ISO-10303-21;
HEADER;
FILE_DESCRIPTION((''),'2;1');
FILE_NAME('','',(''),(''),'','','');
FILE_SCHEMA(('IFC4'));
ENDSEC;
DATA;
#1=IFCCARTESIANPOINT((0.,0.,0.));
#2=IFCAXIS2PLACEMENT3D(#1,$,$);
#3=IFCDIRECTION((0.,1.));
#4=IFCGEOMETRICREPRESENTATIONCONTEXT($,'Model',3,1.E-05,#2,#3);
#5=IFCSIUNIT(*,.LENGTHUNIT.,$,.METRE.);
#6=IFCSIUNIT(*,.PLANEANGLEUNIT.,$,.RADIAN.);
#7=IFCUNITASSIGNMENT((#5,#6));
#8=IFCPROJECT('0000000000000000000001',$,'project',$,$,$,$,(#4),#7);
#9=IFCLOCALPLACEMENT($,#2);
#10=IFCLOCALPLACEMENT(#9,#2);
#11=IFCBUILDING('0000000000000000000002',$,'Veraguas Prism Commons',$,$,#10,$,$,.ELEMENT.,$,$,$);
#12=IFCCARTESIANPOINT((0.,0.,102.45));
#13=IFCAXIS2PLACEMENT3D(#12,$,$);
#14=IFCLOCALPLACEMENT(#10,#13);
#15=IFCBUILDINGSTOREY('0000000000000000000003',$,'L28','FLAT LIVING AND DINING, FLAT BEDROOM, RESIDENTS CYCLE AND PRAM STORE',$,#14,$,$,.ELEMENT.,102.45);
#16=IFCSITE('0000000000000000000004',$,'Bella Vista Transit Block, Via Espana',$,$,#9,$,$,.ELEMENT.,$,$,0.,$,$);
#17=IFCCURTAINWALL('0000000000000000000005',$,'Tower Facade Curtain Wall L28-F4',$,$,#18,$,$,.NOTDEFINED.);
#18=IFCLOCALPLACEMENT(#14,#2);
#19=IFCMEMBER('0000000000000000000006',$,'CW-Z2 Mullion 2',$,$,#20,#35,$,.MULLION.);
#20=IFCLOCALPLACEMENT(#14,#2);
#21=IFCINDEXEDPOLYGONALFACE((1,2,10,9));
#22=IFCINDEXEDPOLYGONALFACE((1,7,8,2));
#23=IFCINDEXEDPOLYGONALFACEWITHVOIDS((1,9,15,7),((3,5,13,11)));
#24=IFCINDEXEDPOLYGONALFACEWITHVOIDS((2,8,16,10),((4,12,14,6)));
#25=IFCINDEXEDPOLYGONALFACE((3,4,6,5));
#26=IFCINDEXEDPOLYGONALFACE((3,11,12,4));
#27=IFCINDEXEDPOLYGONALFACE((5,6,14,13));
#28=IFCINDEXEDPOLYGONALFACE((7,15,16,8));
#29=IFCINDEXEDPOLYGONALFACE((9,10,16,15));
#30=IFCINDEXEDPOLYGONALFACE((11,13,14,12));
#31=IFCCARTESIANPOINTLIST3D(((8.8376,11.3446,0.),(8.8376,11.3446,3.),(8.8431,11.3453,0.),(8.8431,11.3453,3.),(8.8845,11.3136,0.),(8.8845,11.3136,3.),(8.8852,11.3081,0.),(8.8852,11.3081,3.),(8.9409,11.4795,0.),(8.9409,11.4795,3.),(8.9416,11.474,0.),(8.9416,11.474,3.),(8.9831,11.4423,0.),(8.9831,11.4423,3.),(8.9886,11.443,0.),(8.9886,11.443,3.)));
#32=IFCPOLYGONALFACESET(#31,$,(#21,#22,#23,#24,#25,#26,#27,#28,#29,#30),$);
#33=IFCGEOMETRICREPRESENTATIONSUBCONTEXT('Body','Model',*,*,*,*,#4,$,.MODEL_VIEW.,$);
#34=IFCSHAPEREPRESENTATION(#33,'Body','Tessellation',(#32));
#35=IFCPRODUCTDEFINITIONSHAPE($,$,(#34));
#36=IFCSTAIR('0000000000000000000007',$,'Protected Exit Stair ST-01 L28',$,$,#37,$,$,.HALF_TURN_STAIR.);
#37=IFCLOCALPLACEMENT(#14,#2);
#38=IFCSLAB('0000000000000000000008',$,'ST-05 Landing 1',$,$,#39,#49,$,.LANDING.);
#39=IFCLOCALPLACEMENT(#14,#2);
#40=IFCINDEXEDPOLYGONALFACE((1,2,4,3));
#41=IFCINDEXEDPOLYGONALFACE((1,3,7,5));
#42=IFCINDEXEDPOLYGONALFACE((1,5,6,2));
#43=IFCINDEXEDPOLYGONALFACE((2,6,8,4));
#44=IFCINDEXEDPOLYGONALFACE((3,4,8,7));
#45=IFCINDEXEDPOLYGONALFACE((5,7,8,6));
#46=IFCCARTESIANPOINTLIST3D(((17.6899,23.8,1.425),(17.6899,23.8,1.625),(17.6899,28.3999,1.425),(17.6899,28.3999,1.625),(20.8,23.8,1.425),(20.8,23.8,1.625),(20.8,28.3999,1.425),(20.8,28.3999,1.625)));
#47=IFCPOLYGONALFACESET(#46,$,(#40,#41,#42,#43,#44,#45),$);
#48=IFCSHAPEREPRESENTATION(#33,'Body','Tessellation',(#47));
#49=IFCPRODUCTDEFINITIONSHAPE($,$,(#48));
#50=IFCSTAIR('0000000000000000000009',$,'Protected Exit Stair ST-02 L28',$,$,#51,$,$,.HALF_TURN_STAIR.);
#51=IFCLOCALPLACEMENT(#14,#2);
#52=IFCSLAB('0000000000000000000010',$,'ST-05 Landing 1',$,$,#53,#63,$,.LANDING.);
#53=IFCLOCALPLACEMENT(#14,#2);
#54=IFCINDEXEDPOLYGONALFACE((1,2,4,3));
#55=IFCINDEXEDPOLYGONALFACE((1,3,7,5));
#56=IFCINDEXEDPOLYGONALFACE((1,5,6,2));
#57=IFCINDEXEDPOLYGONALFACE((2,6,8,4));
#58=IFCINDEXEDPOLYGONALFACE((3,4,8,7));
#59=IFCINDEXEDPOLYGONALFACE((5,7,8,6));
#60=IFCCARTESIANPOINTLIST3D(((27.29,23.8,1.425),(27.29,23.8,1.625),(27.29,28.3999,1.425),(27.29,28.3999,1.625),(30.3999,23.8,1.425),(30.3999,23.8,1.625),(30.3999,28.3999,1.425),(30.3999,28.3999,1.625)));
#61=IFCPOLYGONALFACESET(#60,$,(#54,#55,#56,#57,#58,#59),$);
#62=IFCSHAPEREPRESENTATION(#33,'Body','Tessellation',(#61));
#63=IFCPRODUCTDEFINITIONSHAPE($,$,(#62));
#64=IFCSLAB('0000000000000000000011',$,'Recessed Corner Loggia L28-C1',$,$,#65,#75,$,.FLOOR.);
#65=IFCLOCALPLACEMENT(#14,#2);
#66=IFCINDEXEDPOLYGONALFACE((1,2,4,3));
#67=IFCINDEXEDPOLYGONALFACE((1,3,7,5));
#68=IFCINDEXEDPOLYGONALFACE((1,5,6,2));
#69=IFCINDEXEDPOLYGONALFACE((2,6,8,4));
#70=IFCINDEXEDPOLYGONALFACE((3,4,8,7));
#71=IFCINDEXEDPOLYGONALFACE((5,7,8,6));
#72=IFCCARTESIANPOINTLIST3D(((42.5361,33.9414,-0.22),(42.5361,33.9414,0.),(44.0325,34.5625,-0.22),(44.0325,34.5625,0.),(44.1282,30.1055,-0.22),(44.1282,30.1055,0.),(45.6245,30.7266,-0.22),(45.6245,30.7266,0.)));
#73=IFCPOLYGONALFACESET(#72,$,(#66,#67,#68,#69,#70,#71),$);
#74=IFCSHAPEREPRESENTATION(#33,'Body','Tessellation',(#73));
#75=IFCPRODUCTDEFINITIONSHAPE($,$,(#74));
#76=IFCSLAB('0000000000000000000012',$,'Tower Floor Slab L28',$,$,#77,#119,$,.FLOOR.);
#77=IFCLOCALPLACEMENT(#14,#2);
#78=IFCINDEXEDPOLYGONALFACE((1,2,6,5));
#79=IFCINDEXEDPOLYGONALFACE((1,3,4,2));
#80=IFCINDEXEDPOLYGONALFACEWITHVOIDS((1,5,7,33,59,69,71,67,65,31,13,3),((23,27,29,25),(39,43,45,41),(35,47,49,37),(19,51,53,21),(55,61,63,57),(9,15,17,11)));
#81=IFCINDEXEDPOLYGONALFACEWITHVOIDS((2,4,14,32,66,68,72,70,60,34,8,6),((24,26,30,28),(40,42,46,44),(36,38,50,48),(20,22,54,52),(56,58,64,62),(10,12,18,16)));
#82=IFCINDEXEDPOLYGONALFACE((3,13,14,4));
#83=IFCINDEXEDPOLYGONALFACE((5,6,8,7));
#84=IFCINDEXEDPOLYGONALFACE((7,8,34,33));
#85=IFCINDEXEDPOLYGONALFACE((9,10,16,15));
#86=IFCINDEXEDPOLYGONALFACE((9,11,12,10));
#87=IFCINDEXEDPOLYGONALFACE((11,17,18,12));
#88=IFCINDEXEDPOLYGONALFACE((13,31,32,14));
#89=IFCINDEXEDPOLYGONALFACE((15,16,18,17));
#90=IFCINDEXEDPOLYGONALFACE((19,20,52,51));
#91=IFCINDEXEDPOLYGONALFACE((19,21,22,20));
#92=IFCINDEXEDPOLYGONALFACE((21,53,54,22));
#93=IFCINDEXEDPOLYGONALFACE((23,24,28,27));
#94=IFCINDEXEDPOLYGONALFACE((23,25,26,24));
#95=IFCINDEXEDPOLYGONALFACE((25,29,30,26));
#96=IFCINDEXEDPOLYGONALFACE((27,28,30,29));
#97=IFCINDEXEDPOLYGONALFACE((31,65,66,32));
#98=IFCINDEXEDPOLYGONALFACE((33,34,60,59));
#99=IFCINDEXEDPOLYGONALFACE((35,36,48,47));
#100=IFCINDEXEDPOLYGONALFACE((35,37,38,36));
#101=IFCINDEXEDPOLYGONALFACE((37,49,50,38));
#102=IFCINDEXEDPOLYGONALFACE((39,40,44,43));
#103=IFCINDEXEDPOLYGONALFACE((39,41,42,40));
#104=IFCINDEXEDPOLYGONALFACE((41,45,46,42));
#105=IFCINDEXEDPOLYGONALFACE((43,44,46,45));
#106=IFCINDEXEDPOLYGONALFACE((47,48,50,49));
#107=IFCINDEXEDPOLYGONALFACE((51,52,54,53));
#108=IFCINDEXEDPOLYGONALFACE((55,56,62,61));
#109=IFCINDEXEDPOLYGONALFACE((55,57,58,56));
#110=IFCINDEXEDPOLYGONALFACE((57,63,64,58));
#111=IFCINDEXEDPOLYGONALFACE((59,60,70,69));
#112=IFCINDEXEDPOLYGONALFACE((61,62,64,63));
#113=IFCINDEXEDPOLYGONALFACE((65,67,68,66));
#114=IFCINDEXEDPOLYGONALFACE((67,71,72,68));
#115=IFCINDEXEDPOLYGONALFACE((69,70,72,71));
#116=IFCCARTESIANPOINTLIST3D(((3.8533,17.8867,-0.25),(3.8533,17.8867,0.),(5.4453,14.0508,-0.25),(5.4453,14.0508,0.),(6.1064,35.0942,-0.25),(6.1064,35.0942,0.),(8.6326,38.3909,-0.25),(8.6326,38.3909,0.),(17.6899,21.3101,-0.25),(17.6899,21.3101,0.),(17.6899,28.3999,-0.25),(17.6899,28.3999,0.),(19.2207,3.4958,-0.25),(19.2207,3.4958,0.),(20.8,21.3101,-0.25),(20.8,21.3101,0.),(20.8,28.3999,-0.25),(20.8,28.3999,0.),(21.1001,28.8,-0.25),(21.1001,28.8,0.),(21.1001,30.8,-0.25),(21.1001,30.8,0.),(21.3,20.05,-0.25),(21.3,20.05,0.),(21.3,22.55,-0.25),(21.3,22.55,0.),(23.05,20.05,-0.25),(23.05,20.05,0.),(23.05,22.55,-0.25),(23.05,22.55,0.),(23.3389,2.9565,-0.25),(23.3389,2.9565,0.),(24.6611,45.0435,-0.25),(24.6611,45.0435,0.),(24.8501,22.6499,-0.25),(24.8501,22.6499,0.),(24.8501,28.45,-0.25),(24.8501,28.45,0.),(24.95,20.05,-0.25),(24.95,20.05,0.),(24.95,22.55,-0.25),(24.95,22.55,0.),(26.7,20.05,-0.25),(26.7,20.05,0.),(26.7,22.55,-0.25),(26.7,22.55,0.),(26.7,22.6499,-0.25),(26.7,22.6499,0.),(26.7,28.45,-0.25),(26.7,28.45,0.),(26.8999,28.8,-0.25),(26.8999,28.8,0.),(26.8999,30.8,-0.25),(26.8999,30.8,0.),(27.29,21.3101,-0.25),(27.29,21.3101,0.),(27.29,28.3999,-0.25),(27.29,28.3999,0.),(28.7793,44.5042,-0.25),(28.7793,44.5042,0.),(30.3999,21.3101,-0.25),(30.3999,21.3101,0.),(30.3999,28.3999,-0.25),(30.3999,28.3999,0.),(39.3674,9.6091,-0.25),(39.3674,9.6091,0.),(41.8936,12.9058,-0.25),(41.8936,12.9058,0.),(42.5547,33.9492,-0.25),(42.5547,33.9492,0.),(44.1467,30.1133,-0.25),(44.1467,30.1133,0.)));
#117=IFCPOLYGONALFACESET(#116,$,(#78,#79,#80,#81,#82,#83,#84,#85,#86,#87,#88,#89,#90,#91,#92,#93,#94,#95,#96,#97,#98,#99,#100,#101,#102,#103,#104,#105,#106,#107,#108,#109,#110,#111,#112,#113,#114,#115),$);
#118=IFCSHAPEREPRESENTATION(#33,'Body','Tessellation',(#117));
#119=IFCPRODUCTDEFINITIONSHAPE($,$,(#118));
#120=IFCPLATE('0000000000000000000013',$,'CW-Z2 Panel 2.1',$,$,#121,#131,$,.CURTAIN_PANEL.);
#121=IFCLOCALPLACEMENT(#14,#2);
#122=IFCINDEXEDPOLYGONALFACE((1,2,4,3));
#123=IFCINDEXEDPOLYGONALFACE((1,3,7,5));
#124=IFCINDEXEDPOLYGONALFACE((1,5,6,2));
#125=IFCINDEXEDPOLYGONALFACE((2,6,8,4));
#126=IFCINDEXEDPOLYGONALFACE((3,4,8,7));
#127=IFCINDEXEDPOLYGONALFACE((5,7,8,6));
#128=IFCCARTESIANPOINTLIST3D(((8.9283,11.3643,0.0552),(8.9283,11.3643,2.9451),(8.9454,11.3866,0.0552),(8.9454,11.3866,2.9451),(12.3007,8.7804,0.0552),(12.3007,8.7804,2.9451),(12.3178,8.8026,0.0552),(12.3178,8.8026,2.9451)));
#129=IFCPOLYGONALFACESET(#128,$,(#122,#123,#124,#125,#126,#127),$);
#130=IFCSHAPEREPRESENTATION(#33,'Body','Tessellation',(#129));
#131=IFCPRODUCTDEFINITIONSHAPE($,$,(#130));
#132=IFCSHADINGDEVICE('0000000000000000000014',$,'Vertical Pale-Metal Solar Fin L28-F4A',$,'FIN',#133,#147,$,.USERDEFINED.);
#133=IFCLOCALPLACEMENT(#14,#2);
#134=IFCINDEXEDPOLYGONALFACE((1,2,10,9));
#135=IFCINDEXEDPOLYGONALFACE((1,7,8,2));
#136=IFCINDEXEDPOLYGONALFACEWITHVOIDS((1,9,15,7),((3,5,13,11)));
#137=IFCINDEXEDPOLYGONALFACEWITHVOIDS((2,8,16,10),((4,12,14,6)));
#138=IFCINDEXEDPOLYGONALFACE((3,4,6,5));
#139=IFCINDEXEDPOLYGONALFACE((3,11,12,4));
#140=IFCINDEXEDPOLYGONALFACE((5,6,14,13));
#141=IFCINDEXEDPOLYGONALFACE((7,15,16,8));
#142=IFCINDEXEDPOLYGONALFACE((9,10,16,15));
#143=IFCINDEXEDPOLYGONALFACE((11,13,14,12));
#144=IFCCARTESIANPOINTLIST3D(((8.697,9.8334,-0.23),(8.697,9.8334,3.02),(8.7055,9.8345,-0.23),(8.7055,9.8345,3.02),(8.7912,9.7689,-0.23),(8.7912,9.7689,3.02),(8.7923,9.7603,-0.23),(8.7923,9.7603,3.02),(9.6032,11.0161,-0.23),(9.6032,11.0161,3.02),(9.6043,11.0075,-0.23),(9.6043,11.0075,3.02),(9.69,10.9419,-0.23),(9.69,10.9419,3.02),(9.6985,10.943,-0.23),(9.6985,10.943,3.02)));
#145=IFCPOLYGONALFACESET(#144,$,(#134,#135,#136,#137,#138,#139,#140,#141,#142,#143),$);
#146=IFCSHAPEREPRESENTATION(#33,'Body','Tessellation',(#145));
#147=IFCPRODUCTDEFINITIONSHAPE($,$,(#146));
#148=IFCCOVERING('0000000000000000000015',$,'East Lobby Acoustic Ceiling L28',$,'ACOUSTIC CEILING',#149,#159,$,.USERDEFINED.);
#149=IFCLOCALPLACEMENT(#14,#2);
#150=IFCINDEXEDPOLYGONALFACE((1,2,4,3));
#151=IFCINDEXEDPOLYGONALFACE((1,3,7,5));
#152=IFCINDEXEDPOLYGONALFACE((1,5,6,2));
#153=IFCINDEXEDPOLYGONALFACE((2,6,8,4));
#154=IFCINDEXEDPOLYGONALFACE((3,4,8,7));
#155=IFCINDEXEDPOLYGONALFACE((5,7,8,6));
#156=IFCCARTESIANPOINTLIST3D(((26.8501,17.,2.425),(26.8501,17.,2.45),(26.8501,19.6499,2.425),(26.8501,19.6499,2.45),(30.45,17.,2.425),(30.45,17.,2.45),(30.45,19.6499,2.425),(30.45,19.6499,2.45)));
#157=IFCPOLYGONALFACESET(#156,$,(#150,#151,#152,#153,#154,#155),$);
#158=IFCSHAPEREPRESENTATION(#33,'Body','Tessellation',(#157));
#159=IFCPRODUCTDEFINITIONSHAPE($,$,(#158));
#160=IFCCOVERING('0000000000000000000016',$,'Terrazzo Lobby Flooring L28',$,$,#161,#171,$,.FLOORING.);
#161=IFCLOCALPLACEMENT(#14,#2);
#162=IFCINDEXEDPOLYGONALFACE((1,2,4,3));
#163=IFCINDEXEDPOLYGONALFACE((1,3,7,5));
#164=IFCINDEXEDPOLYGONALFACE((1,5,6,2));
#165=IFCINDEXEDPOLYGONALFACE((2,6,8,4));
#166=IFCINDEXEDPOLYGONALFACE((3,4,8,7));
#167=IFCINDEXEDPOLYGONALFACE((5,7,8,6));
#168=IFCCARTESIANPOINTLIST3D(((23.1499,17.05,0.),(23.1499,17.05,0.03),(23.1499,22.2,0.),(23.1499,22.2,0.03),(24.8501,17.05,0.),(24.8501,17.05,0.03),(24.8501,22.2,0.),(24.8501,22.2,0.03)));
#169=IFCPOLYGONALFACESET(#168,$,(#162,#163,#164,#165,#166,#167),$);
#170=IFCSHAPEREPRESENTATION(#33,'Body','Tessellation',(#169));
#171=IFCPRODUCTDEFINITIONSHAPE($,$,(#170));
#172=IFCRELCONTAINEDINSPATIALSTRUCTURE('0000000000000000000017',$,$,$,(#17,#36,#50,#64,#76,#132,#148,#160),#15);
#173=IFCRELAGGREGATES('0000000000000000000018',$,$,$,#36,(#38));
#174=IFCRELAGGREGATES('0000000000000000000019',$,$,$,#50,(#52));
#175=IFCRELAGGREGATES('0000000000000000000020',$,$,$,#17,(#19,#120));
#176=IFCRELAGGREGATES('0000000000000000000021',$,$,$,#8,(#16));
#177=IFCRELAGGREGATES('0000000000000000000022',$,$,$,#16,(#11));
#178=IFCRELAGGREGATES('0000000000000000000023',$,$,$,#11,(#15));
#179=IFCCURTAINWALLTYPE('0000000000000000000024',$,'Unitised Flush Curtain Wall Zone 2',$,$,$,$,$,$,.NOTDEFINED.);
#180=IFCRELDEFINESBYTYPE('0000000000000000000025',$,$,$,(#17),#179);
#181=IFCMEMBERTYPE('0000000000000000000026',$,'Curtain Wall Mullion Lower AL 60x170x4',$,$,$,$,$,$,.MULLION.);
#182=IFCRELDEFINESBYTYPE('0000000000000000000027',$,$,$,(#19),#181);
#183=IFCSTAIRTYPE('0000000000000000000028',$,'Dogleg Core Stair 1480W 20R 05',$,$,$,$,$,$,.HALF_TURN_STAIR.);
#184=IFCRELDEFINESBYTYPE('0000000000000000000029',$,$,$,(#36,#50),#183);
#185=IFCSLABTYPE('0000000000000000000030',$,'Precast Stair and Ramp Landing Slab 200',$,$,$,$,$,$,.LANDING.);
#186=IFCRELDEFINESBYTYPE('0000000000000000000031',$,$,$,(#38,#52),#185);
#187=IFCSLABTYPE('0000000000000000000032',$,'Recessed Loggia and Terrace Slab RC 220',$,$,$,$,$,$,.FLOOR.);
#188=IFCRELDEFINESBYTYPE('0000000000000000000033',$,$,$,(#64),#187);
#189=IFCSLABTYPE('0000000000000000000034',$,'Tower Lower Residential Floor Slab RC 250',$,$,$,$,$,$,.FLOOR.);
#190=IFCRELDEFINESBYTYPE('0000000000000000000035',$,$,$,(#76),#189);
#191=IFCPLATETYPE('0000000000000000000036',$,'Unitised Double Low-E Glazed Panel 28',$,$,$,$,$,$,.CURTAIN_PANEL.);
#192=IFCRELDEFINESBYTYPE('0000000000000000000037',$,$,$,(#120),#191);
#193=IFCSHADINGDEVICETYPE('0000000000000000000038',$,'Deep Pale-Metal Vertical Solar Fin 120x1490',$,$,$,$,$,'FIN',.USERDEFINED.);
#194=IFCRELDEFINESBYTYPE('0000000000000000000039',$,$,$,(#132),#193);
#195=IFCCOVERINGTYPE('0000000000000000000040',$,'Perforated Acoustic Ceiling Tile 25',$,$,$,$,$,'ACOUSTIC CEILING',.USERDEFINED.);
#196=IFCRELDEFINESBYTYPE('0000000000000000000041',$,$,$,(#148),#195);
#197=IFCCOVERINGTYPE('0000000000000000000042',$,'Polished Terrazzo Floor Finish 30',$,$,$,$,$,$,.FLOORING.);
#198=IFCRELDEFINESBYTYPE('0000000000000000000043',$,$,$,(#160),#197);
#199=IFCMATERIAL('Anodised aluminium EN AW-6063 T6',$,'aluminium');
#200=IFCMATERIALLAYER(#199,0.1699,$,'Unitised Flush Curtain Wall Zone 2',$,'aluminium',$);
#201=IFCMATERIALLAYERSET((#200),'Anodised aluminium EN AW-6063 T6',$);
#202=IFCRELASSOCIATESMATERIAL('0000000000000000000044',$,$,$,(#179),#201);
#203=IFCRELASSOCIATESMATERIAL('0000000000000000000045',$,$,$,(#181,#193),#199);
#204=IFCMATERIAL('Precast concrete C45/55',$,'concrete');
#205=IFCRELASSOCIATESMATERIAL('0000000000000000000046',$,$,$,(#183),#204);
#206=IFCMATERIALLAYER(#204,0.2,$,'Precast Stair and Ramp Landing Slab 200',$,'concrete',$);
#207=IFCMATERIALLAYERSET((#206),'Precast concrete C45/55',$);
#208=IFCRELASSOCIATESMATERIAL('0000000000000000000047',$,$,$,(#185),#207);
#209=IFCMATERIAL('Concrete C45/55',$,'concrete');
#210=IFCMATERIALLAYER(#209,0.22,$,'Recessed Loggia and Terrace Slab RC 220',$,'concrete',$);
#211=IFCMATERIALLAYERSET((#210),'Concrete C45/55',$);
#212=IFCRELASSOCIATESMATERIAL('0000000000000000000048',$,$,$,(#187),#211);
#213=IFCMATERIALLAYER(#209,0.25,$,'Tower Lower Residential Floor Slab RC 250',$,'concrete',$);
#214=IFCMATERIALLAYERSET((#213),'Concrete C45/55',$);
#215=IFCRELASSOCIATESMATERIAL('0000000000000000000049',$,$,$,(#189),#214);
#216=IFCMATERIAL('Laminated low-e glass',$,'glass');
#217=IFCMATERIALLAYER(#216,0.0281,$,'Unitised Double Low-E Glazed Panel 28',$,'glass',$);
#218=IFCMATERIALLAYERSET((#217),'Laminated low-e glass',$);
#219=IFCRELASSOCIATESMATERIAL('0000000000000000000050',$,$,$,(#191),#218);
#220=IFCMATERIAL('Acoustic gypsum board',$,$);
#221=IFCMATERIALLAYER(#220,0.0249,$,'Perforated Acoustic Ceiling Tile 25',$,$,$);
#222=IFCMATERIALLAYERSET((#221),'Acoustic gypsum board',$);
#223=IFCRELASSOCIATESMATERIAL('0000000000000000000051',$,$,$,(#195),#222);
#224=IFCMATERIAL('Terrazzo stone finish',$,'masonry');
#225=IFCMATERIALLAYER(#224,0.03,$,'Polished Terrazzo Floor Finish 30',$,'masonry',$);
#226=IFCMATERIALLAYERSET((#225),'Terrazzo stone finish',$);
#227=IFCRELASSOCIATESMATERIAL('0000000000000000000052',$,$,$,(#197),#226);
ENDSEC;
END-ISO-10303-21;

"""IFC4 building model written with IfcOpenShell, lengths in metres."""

from ifc_helpers import new_model, si_unit, direction, frame, origin, origin_2d, place, context, subcontext, project, spatial, polyline, rectangle, hollow_rectangle, outline, extrude, source, transform, mapped, material, layer, layer_set, material_profile, profile_set, type_object, element, aggregate, save


model = new_model("IFC4")

# Units and contexts
model_context = context("Model", 3, precision=1e-05, world=origin(), true_north=direction((0.0, 1.0)))
body_context = subcontext(model_context, "Body", "Model", "MODEL_VIEW")
ifc_project = project(units=[si_unit("LENGTHUNIT", "METRE"), si_unit("PLANEANGLEUNIT", "RADIAN")], contexts=[model_context])

# Site, building, storey
site_placement = place(None, origin())
site = spatial("IfcSite", under=ifc_project, at=site_placement, Name="Bella Vista Transit Block, Via Espana", CompositionType="ELEMENT", RefElevation=0.0)
building_placement = place(site_placement, origin())
building = spatial("IfcBuilding", under=site, at=building_placement, Name="Veraguas Prism Commons", CompositionType="ELEMENT")
storey_placement = place(building_placement, frame((0.0, 0.0, 102.45)))
storey = spatial("IfcBuildingStorey", under=building, at=storey_placement, Name="L28", Description="FLAT LIVING AND DINING, FLAT BEDROOM, RESIDENTS CYCLE AND PRAM STORE", CompositionType="ELEMENT", Elevation=102.45)

# Curtain wall, member
ifc_material_1 = material(Name="Anodised aluminium EN AW-6063 T6", Category="aluminium")
ifc_layer_1 = layer(ifc_material_1, 0.1699, Name="Unitised Flush Curtain Wall Zone 2", Category="aluminium")
ifc_layer_set_1 = layer_set([ifc_layer_1], Name="Anodised aluminium EN AW-6063 T6")
curtain_wall_type = type_object("IfcCurtainWallType", Name="Unitised Flush Curtain Wall Zone 2", PredefinedType="NOTDEFINED", material=ifc_layer_set_1)
curtain_wall_placement = place(storey_placement, origin())
curtain_wall = element("IfcCurtainWall", 1, at=curtain_wall_placement, inside=storey, type_object=curtain_wall_type, Name="Tower Facade Curtain Wall L28-F4", PredefinedType="NOTDEFINED")
ifc_material_profile_1 = material_profile(ifc_material_1, hollow_rectangle(XDim=0.0601, YDim=0.1699, WallThickness=0.0039, at=origin_2d()), Name="AL60X170X4")
ifc_profile_set_1 = profile_set([ifc_material_profile_1], Name="Anodised aluminium EN AW-6063 T6")
member_type = type_object("IfcMemberType", Name="Curtain Wall Mullion Lower AL 60x170x4", PredefinedType="MULLION", material=ifc_profile_set_1)
shared_shape_1 = source(origin(), body_context, "Body", "SweptSolid", [
    extrude(hollow_rectangle(XDim=0.0601, YDim=0.1699, WallThickness=0.0039, at=origin_2d()), origin(), (0.0, 0.0, 1.0), 3.0),
])
member_placement = place(storey_placement, frame((8.9131, 11.3938, 0.0), z_axis=(0.0, 0.0, 1.0), x_axis=(0.793778, -0.608207, 0.0)))
member = element("IfcMember", 2, at=member_placement, type_object=member_type, Name="CW-Z2 Mullion 2", PredefinedType="MULLION", context=body_context, shape_type="MappedRepresentation", body=[
    mapped(shared_shape_1, transform((0.0, 0.0, 0.0), scale=1.0)),
])

# Stairs, slabs
ifc_material_2 = material(Name="Precast concrete C45/55", Category="concrete")
stair_type = type_object("IfcStairType", Name="Dogleg Core Stair 1480W 20R 05", PredefinedType="HALF_TURN_STAIR", material=ifc_material_2)
stair_1_placement = place(storey_placement, origin())
stair_1 = element("IfcStair", 3, at=stair_1_placement, inside=storey, type_object=stair_type, Name="Protected Exit Stair ST-01 L28", PredefinedType="HALF_TURN_STAIR")
ifc_layer_2 = layer(ifc_material_2, 0.2, Name="Precast Stair and Ramp Landing Slab 200", Category="concrete")
ifc_layer_set_2 = layer_set([ifc_layer_2], Name="Precast concrete C45/55")
slab_type_1 = type_object("IfcSlabType", Name="Precast Stair and Ramp Landing Slab 200", PredefinedType="LANDING", material=ifc_layer_set_2)
slab_1_placement = place(storey_placement, frame((0.0, 0.0, 1.425)))
slab_1 = element("IfcSlab", 4, at=slab_1_placement, type_object=slab_type_1, Name="ST-05 Landing 1", PredefinedType="LANDING", context=body_context, shape_type="SweptSolid", body=[
    extrude(outline(polyline([(20.8, 23.8), (20.8, 28.3999), (17.6899, 28.3999), (17.6899, 23.8), (20.8, 23.8)])), origin(), (0.0, 0.0, 1.0), 0.2),
])
aggregate(stair_1, [slab_1])
stair_2_placement = place(storey_placement, origin())
stair_2 = element("IfcStair", 5, at=stair_2_placement, inside=storey, type_object=stair_type, Name="Protected Exit Stair ST-02 L28", PredefinedType="HALF_TURN_STAIR")
slab_2_placement = place(storey_placement, frame((0.0, 0.0, 1.425)))
slab_2 = element("IfcSlab", 6, at=slab_2_placement, type_object=slab_type_1, Name="ST-05 Landing 1", PredefinedType="LANDING", context=body_context, shape_type="SweptSolid", body=[
    extrude(outline(polyline([(30.3999, 23.8), (30.3999, 28.3999), (27.29, 28.3999), (27.29, 23.8), (30.3999, 23.8)])), origin(), (0.0, 0.0, 1.0), 0.2),
])
aggregate(stair_2, [slab_2])

# Slabs
ifc_material_3 = material(Name="Concrete C45/55", Category="concrete")
ifc_layer_3 = layer(ifc_material_3, 0.22, Name="Recessed Loggia and Terrace Slab RC 220", Category="concrete")
ifc_layer_set_3 = layer_set([ifc_layer_3], Name="Concrete C45/55")
slab_type_2 = type_object("IfcSlabType", Name="Recessed Loggia and Terrace Slab RC 220", PredefinedType="FLOOR", material=ifc_layer_set_3)
slab_3_placement = place(storey_placement, frame((0.0, 0.0, -0.22)))
element("IfcSlab", 7, at=slab_3_placement, inside=storey, type_object=slab_type_2, Name="Recessed Corner Loggia L28-C1", PredefinedType="FLOOR", context=body_context, shape_type="SweptSolid", body=[
    extrude(outline(polyline([(44.1282, 30.1055), (45.6245, 30.7266), (44.0325, 34.5625), (42.5361, 33.9414), (44.1282, 30.1055)])), origin(), (0.0, 0.0, 1.0), 0.22),
])
ifc_layer_4 = layer(ifc_material_3, 0.25, Name="Tower Lower Residential Floor Slab RC 250", Category="concrete")
ifc_layer_set_4 = layer_set([ifc_layer_4], Name="Concrete C45/55")
slab_type_3 = type_object("IfcSlabType", Name="Tower Lower Residential Floor Slab RC 250", PredefinedType="FLOOR", material=ifc_layer_set_4)
slab_4_placement = place(storey_placement, frame((0.0, 0.0, -0.25)))
element("IfcSlab", 8, at=slab_4_placement, inside=storey, type_object=slab_type_3, Name="Tower Floor Slab L28", PredefinedType="FLOOR", context=body_context, shape_type="SweptSolid", body=[
    extrude(outline(polyline([(44.1467, 30.1133), (42.5547, 33.9492), (28.7793, 44.5042), (24.6611, 45.0435), (8.6326, 38.3909), (6.1064, 35.0942), (3.8533, 17.8867), (5.4453, 14.0508), (19.2207, 3.4958), (23.3389, 2.9565), (39.3674, 9.6091), (41.8936, 12.9058), (44.1467, 30.1133)]), holes=[polyline([(20.8, 21.3101), (20.8, 28.3999), (17.6899, 28.3999), (17.6899, 21.3101), (20.8, 21.3101)]), polyline([(30.3999, 21.3101), (30.3999, 28.3999), (27.29, 28.3999), (27.29, 21.3101), (30.3999, 21.3101)]), polyline([(24.8501, 22.6499), (26.7, 22.6499), (26.7, 28.45), (24.8501, 28.45), (24.8501, 22.6499)]), polyline([(21.1001, 28.8), (26.8999, 28.8), (26.8999, 30.8), (21.1001, 30.8), (21.1001, 28.8)]), polyline([(21.3, 20.05), (23.05, 20.05), (23.05, 22.55), (21.3, 22.55), (21.3, 20.05)]), polyline([(24.95, 20.05), (26.7, 20.05), (26.7, 22.55), (24.95, 22.55), (24.95, 20.05)])]), origin(), (0.0, 0.0, 1.0), 0.25),
])

# Plate
ifc_material_4 = material(Name="Laminated low-e glass", Category="glass")
ifc_layer_5 = layer(ifc_material_4, 0.0281, Name="Unitised Double Low-E Glazed Panel 28", Category="glass")
ifc_layer_set_5 = layer_set([ifc_layer_5], Name="Laminated low-e glass")
plate_type = type_object("IfcPlateType", Name="Unitised Double Low-E Glazed Panel 28", PredefinedType="CURTAIN_PANEL", material=ifc_layer_set_5)
shared_shape_2 = source(origin(), body_context, "Body", "SweptSolid", [
    extrude(rectangle(XDim=4.2485, YDim=0.0281, at=origin_2d()), origin(), (0.0, 0.0, 1.0), 2.8899),
])
plate_placement = place(storey_placement, frame((10.623, 10.0835, 0.0552), z_axis=(0.0, 0.0, 1.0), x_axis=(0.793778, -0.608207, 0.0)))
plate = element("IfcPlate", 9, at=plate_placement, type_object=plate_type, Name="CW-Z2 Panel 2.1", PredefinedType="CURTAIN_PANEL", context=body_context, shape_type="MappedRepresentation", body=[
    mapped(shared_shape_2, transform((0.0, 0.0, 0.0), scale=1.0)),
])
aggregate(curtain_wall, [member, plate])

# Shading device
ifc_material_profile_2 = material_profile(ifc_material_1, hollow_rectangle(XDim=0.1201, YDim=1.49, WallThickness=0.0061, at=origin_2d()), Name="FIN120X1490X6")
ifc_profile_set_2 = profile_set([ifc_material_profile_2], Name="Anodised aluminium EN AW-6063 T6")
shading_device_type = type_object("IfcShadingDeviceType", Name="Deep Pale-Metal Vertical Solar Fin 120x1490", ElementType="FIN", PredefinedType="USERDEFINED", material=ifc_profile_set_2)
shading_device_placement = place(storey_placement, frame((9.1978, 10.3882, -0.23), z_axis=(0.0, 0.0, 1.0), x_axis=(0.793776, -0.60821, 0.0)))
element("IfcShadingDevice", 10, at=shading_device_placement, inside=storey, type_object=shading_device_type, Name="Vertical Pale-Metal Solar Fin L28-F4A", ObjectType="FIN", PredefinedType="USERDEFINED", context=body_context, shape_type="SweptSolid", body=[
    extrude(hollow_rectangle(XDim=0.1201, YDim=1.49, WallThickness=0.0061, at=origin_2d()), origin(), (0.0, 0.0, 1.0), 3.25),
])

# Coverings
ifc_material_5 = material(Name="Acoustic gypsum board")
ifc_layer_6 = layer(ifc_material_5, 0.0249, Name="Perforated Acoustic Ceiling Tile 25")
ifc_layer_set_6 = layer_set([ifc_layer_6], Name="Acoustic gypsum board")
covering_type_1 = type_object("IfcCoveringType", Name="Perforated Acoustic Ceiling Tile 25", ElementType="ACOUSTIC CEILING", PredefinedType="USERDEFINED", material=ifc_layer_set_6)
covering_1_placement = place(storey_placement, frame((0.0, 0.0, 2.425)))
element("IfcCovering", 11, at=covering_1_placement, inside=storey, type_object=covering_type_1, Name="East Lobby Acoustic Ceiling L28", ObjectType="ACOUSTIC CEILING", PredefinedType="USERDEFINED", context=body_context, shape_type="SweptSolid", body=[
    extrude(outline(polyline([(26.8501, 17.0), (30.45, 17.0), (30.45, 19.6499), (26.8501, 19.6499), (26.8501, 17.0)])), origin(), (0.0, 0.0, 1.0), 0.0249),
])
ifc_material_6 = material(Name="Terrazzo stone finish", Category="masonry")
ifc_layer_7 = layer(ifc_material_6, 0.03, Name="Polished Terrazzo Floor Finish 30", Category="masonry")
ifc_layer_set_7 = layer_set([ifc_layer_7], Name="Terrazzo stone finish")
covering_type_2 = type_object("IfcCoveringType", Name="Polished Terrazzo Floor Finish 30", PredefinedType="FLOORING", material=ifc_layer_set_7)
covering_2_placement = place(storey_placement, origin())
element("IfcCovering", 12, at=covering_2_placement, inside=storey, type_object=covering_type_2, Name="Terrazzo Lobby Flooring L28", PredefinedType="FLOORING", context=body_context, shape_type="SweptSolid", body=[
    extrude(outline(polyline([(23.1499, 17.05), (24.8501, 17.05), (24.8501, 22.2), (23.1499, 22.2), (23.1499, 17.05)])), origin(), (0.0, 0.0, 1.0), 0.03),
])

save(model, "model.ifc")
